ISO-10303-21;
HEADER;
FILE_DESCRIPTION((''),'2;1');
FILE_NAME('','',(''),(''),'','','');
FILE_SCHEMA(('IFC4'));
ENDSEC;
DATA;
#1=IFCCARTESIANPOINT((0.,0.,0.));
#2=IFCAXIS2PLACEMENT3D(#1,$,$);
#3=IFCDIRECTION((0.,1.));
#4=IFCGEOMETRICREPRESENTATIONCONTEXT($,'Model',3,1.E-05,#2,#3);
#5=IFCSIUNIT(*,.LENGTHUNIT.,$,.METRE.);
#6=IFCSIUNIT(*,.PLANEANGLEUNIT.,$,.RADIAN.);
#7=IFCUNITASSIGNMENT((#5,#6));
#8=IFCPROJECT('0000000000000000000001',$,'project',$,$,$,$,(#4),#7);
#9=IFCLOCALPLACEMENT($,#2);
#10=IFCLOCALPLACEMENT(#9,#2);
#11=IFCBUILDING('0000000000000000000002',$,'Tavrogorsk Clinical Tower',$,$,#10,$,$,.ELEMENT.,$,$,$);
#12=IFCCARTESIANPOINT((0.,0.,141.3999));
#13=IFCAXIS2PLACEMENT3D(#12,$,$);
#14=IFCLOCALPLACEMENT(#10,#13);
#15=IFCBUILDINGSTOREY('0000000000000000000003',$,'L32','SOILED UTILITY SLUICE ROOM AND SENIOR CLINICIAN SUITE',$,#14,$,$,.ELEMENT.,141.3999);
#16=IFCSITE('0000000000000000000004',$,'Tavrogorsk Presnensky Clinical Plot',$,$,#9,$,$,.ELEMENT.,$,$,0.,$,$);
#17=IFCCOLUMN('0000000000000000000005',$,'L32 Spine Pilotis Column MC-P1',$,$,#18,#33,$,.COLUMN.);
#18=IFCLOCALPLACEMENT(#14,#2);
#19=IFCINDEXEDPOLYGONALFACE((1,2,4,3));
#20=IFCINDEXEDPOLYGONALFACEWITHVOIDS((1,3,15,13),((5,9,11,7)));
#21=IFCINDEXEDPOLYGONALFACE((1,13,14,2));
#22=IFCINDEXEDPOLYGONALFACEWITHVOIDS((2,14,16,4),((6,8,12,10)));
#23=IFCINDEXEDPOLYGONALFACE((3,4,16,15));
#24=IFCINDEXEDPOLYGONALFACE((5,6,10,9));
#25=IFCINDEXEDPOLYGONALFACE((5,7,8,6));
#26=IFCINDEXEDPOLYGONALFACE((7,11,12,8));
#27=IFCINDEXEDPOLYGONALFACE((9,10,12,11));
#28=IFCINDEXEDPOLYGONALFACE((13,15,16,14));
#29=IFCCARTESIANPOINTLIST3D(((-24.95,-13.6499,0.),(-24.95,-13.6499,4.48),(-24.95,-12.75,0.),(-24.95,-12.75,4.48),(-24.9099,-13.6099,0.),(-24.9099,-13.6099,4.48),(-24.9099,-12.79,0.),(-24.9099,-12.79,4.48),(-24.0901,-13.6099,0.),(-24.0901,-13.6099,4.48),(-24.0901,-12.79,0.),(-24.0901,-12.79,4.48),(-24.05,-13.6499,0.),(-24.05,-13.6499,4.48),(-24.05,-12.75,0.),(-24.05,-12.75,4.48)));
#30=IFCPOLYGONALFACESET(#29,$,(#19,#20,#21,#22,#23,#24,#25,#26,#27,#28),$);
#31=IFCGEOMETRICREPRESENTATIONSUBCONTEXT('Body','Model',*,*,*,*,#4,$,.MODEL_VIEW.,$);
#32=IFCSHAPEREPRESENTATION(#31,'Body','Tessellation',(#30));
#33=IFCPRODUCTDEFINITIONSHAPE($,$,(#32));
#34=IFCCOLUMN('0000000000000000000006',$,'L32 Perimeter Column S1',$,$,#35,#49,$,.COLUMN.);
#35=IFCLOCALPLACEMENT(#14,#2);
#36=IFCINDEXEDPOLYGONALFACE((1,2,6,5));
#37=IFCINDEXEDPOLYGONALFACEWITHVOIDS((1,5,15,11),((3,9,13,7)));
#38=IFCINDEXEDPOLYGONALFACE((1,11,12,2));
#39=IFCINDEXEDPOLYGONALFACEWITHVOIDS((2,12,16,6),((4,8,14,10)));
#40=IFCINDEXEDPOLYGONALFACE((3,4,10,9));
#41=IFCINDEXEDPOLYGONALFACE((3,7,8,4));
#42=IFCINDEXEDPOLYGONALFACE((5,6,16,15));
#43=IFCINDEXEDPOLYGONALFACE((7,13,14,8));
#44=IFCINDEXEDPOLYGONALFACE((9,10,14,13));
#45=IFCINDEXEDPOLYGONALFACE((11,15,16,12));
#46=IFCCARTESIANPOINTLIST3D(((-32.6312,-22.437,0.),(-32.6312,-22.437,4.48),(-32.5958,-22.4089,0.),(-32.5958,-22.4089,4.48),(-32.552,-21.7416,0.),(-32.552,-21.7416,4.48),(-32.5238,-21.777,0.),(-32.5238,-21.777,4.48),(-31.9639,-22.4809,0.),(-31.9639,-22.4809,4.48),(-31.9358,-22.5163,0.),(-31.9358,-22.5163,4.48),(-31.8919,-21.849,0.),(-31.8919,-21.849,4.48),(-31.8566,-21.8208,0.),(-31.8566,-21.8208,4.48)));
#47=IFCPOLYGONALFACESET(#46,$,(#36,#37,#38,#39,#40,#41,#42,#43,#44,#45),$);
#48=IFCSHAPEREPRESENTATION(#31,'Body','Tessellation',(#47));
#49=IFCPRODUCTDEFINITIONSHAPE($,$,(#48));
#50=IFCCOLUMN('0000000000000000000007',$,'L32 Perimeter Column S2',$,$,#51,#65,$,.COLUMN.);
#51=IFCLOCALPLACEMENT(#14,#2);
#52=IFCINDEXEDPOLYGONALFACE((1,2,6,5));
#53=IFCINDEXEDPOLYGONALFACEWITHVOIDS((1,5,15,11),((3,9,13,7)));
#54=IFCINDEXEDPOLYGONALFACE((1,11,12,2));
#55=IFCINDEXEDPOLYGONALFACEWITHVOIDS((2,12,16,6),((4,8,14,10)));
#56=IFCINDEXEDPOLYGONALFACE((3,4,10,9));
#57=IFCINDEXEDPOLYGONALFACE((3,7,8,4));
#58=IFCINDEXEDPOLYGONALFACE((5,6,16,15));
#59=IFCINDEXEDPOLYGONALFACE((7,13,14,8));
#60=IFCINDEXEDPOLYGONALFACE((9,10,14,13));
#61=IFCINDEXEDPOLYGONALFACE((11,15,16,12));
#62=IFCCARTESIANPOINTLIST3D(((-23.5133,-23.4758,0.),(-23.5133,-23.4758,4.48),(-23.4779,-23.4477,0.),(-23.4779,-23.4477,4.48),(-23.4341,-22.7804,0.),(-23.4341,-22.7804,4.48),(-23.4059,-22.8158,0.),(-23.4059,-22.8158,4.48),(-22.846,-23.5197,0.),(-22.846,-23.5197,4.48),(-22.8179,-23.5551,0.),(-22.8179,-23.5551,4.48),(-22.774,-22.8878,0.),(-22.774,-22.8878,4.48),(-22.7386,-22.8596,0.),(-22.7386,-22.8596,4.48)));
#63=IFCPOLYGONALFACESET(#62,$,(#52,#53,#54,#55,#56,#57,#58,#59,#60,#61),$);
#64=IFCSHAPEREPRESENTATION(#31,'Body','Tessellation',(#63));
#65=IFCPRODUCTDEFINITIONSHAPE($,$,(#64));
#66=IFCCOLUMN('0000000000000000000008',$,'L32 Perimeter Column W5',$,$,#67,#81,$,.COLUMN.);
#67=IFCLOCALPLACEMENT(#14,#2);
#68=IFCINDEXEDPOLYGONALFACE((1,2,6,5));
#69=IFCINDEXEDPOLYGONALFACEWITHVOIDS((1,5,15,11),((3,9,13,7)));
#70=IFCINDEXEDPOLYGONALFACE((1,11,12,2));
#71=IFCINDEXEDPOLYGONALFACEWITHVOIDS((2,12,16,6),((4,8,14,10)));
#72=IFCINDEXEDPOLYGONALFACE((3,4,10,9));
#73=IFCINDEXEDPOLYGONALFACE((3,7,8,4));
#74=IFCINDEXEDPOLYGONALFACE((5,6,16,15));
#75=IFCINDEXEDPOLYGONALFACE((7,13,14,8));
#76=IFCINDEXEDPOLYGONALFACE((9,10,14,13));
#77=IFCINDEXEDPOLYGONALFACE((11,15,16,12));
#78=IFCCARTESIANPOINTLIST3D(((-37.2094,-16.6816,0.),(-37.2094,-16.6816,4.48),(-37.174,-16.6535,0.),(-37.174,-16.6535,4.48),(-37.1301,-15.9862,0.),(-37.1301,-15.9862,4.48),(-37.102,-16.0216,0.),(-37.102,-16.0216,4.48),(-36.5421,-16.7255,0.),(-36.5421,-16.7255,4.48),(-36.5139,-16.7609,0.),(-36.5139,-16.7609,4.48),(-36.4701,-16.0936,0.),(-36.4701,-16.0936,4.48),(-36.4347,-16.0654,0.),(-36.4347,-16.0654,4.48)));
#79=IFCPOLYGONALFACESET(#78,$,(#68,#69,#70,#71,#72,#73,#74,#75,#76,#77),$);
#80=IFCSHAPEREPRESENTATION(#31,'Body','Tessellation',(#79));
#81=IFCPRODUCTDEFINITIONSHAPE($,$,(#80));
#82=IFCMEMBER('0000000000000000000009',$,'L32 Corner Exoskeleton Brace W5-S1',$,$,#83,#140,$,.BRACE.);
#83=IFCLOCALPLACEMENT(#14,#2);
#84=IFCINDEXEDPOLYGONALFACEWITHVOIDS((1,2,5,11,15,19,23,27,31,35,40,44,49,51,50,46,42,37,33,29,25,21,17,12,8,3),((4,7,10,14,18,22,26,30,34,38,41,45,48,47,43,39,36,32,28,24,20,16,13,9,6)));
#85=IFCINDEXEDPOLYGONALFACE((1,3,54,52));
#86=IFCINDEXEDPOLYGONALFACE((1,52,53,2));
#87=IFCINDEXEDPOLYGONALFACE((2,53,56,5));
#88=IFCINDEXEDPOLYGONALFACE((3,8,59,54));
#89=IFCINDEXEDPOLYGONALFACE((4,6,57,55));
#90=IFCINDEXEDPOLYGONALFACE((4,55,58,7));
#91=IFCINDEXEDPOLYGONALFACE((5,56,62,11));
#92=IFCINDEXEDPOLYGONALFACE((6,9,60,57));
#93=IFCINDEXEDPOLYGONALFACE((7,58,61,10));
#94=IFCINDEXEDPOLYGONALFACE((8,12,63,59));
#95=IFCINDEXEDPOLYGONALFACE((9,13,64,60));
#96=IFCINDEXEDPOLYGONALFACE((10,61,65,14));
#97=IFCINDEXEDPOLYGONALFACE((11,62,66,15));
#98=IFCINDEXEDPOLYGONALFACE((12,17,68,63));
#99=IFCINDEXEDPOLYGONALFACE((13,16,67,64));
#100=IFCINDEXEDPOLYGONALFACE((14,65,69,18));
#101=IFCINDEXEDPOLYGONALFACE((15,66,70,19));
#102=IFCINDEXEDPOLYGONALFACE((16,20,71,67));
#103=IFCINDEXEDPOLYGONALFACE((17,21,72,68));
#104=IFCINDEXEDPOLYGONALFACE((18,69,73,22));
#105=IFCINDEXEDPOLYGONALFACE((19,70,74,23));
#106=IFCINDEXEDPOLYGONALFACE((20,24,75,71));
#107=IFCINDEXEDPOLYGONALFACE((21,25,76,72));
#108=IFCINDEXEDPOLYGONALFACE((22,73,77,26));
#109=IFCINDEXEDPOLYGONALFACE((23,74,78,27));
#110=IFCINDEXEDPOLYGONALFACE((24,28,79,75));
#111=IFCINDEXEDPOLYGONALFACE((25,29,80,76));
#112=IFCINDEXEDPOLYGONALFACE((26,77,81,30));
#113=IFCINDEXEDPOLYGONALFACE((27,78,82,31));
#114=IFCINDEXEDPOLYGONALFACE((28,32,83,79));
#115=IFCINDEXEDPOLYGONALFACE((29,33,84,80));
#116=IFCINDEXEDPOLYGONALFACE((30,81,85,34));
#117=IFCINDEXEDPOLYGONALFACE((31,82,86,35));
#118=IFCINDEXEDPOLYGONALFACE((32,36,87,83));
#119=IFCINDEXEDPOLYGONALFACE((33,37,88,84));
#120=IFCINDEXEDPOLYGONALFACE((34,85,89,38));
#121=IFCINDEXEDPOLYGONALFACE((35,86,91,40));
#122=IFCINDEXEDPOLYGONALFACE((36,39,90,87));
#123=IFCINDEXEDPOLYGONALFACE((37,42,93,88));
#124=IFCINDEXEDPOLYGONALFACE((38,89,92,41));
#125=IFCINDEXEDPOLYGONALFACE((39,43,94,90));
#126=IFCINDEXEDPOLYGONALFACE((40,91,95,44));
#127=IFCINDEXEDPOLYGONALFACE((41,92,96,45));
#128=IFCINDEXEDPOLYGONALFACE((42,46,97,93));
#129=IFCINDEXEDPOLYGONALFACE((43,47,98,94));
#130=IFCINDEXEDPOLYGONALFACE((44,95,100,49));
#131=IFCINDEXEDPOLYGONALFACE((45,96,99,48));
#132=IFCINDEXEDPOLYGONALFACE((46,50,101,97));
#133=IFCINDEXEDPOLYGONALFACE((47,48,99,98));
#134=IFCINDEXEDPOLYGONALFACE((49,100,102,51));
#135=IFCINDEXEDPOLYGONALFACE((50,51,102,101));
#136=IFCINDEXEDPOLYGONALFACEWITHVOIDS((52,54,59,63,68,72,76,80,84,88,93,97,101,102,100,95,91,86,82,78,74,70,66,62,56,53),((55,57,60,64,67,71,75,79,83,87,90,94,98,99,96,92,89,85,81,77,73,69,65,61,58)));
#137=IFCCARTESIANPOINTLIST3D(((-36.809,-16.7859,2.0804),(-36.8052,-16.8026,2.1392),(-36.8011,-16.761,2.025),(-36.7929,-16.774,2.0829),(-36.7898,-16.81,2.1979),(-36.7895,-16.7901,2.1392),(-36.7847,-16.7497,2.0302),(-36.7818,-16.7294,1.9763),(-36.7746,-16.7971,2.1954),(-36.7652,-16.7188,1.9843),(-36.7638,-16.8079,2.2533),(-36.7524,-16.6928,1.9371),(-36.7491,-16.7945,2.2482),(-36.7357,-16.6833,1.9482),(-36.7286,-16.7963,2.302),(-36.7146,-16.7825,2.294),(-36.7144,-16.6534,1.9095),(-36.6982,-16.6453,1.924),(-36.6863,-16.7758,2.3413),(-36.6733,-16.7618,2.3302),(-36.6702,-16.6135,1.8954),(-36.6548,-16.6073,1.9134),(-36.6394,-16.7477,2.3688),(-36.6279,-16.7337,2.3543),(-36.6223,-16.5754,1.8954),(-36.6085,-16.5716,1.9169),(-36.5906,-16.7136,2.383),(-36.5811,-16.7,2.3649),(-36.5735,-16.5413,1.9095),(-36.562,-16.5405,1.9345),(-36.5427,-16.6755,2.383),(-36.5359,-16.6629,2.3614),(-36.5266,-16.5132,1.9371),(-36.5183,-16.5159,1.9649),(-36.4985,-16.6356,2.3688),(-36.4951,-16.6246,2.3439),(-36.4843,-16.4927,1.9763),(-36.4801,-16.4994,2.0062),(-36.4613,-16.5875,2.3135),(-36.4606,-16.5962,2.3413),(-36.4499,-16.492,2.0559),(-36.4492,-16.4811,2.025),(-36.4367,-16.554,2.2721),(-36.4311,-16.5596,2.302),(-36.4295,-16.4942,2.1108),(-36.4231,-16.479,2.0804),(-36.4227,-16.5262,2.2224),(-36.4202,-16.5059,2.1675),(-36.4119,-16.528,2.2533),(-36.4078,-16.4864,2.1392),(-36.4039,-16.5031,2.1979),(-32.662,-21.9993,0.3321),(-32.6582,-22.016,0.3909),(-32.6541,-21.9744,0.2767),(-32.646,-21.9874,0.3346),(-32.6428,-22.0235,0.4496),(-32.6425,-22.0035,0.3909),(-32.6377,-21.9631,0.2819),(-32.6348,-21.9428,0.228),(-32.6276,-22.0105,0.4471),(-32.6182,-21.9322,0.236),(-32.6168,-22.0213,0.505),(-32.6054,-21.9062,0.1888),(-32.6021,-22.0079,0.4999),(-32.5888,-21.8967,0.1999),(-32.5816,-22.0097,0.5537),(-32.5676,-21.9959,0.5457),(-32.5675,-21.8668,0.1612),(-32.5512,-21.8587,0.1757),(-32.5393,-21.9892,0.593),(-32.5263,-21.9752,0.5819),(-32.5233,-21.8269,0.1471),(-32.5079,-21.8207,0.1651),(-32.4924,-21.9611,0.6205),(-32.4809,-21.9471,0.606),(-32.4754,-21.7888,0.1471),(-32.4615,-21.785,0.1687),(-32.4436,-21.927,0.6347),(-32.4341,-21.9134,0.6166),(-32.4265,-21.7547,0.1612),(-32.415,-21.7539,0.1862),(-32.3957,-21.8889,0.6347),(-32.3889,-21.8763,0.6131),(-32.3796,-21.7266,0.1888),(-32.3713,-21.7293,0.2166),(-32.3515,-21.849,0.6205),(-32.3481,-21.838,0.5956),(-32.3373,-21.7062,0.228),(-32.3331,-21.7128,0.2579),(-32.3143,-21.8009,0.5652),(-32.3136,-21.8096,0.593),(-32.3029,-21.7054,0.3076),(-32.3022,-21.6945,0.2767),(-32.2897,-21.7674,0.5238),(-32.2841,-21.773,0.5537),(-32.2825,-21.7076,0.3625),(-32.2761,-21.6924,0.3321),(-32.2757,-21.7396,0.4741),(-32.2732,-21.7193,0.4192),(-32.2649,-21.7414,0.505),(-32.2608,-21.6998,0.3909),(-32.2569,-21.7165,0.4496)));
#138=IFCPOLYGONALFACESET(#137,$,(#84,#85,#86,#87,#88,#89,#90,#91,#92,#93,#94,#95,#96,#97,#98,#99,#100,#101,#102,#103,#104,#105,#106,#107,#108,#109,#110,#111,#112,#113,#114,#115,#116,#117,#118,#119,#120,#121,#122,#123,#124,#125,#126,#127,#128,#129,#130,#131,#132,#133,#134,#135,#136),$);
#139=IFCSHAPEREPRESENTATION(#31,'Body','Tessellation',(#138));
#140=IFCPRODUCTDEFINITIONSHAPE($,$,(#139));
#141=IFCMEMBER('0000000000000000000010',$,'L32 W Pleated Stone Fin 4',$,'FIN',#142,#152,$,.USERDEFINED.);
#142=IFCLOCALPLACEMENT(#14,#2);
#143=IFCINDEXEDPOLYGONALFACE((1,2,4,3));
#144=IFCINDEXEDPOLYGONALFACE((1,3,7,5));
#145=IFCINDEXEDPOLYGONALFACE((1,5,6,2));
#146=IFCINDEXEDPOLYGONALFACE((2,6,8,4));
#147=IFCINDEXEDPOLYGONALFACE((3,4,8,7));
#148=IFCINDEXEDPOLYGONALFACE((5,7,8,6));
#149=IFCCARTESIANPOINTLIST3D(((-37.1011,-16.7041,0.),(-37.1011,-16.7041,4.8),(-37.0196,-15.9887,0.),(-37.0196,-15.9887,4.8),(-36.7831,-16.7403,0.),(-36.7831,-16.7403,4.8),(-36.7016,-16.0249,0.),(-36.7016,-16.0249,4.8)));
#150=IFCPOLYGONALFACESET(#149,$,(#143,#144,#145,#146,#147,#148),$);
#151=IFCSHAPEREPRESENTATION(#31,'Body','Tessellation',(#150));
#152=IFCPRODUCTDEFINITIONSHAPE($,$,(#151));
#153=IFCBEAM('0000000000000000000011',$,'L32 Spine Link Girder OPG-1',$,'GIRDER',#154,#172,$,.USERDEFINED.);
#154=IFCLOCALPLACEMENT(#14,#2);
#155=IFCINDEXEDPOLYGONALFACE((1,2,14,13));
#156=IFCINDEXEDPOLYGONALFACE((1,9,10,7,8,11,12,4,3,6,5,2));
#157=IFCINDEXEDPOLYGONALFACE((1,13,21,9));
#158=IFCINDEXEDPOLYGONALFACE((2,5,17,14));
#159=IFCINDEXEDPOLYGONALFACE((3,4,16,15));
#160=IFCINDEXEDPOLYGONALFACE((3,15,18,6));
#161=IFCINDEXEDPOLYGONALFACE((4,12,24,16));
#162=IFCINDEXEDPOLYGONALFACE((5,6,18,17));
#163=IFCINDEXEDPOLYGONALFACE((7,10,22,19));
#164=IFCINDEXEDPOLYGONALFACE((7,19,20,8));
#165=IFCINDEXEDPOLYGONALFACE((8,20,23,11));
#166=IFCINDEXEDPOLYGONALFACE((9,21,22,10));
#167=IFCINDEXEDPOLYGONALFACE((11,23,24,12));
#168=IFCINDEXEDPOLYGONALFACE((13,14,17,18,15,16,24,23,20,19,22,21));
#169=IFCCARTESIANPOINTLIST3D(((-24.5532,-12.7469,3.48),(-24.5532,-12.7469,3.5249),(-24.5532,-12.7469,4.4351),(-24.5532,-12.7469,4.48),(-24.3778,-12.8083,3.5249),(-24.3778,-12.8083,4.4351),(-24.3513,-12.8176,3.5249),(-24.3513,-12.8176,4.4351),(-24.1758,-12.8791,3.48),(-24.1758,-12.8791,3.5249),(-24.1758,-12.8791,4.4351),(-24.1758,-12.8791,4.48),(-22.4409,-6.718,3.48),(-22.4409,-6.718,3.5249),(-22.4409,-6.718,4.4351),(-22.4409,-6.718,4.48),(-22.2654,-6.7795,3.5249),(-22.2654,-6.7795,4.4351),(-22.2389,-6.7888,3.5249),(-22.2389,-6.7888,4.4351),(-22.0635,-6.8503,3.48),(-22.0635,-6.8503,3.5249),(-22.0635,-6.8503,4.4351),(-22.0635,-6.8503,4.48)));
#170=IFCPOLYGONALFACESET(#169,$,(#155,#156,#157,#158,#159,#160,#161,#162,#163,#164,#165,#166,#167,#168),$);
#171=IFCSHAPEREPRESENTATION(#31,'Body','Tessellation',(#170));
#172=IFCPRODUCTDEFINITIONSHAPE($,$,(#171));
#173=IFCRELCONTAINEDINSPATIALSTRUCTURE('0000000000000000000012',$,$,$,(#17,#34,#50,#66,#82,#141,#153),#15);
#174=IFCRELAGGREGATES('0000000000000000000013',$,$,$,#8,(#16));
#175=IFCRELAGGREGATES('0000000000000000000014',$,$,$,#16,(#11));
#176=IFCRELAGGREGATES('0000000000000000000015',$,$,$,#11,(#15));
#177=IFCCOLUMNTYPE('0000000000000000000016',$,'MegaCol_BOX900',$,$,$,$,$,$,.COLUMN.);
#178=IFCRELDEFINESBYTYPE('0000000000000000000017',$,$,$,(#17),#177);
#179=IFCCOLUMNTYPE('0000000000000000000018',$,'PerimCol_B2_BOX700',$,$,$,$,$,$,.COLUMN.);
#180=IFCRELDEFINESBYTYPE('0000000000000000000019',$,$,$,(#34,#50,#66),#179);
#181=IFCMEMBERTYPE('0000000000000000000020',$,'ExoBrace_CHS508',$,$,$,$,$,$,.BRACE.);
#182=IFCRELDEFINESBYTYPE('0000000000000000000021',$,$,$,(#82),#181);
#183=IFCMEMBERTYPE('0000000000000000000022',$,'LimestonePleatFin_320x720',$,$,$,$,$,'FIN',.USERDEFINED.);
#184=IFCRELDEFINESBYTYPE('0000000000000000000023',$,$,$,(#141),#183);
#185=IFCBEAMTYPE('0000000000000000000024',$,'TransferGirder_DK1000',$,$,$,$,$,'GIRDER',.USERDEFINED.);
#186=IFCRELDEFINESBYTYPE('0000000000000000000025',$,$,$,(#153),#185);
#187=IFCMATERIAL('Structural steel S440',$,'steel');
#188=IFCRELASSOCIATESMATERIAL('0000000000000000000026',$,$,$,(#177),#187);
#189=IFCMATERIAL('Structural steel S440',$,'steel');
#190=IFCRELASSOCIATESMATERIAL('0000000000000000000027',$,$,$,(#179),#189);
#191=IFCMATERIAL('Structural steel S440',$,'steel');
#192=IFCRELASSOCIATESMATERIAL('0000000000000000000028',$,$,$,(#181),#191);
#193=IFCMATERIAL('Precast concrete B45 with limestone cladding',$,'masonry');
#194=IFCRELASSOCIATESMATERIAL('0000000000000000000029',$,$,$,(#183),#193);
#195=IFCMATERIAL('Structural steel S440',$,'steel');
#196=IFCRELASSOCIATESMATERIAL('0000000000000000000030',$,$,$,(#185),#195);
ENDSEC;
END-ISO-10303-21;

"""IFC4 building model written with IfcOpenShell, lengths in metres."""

from ifc_helpers import new_model, si_unit, direction, frame, origin, origin_2d, place, context, subcontext, project, spatial, rectangle, hollow_rectangle, hollow_circle, i_section, extrude, material, material_profile, profile_set, type_object, element, save


model = new_model("IFC4")

# Units and contexts
model_context = context("Model", 3, precision=1e-05, world=origin(), true_north=direction((0.0, 1.0)))
body_context = subcontext(model_context, "Body", "Model", "MODEL_VIEW")
ifc_project = project(units=[si_unit("LENGTHUNIT", "METRE"), si_unit("PLANEANGLEUNIT", "RADIAN")], contexts=[model_context])

# Site, building, storey
site_placement = place(None, origin())
site = spatial("IfcSite", under=ifc_project, at=site_placement, Name="Tavrogorsk Presnensky Clinical Plot", CompositionType="ELEMENT", RefElevation=0.0)
building_placement = place(site_placement, origin())
building = spatial("IfcBuilding", under=site, at=building_placement, Name="Tavrogorsk Clinical Tower", CompositionType="ELEMENT")
storey_placement = place(building_placement, frame((0.0, 0.0, 141.3999)))
storey = spatial("IfcBuildingStorey", under=building, at=storey_placement, Name="L32", Description="SOILED UTILITY SLUICE ROOM AND SENIOR CLINICIAN SUITE", CompositionType="ELEMENT", Elevation=141.3999)

# Columns
ifc_material_1 = material(Name="Structural steel S440", Category="steel")
ifc_material_profile_1 = material_profile(ifc_material_1, hollow_rectangle(XDim=0.8999, YDim=0.8999, WallThickness=0.04, at=origin_2d()), Name="BOX-900x900x40")
ifc_profile_set_1 = profile_set([ifc_material_profile_1], Name="Structural steel S440")
column_type_1 = type_object("IfcColumnType", Name="MegaCol_BOX900", PredefinedType="COLUMN", material=ifc_profile_set_1)
column_placement = place(storey_placement, frame((-24.5, -13.2, 0.0), z_axis=(0.0, 0.0, 1.0), x_axis=(1.0, 0.0, 0.0)))
element("IfcColumn", 1, at=column_placement, inside=storey, type_object=column_type_1, Name="L32 Spine Pilotis Column MC-P1", PredefinedType="COLUMN", context=body_context, shape_type="SweptSolid", body=[
    extrude(hollow_rectangle(XDim=0.8999, YDim=0.8999, WallThickness=0.04, at=origin_2d()), origin(), (0.0, 0.0, 1.0), 4.48),
])
ifc_material_2 = material(Name="Structural steel S440", Category="steel")
ifc_material_profile_2 = material_profile(ifc_material_2, hollow_rectangle(XDim=0.7, YDim=0.7, WallThickness=0.032, at=origin_2d()), Name="BOX-700x700x32")
ifc_profile_set_2 = profile_set([ifc_material_profile_2], Name="Structural steel S440")
column_type_2 = type_object("IfcColumnType", Name="PerimCol_B2_BOX700", PredefinedType="COLUMN", material=ifc_profile_set_2)
for number, where, z_axis, x_axis, name in (
    (2, (-32.2439, -22.1289, 0.0), (0.0, 0.0, 1.0), (0.993572, -0.113203, 0.0), "L32 Perimeter Column S1"),
    (3, (-23.126, -23.1677, 0.0), (0.0, 0.0, 1.0), (0.993572, -0.113203, 0.0), "L32 Perimeter Column S2"),
    (4, (-36.822, -16.3735, 0.0), (0.0, 0.0, 1.0), (0.993572, -0.113203, 0.0), "L32 Perimeter Column W5"),
):
    element("IfcColumn", number, at=place(storey_placement, frame(where, z_axis=z_axis, x_axis=x_axis)), inside=storey, type_object=column_type_2, Name=name, PredefinedType="COLUMN", context=body_context, shape_type="SweptSolid", body=[
        extrude(hollow_rectangle(XDim=0.7, YDim=0.7, WallThickness=0.032, at=origin_2d()), origin(), (0.0, 0.0, 1.0), 4.48),
    ])

# Members
ifc_material_3 = material(Name="Structural steel S440", Category="steel")
ifc_material_profile_3 = material_profile(ifc_material_3, hollow_circle(Radius=0.2539, WallThickness=0.02, at=origin_2d()), Name="CHS-508x20")
ifc_profile_set_3 = profile_set([ifc_material_profile_3], Name="Structural steel S440")
member_type_1 = type_object("IfcMemberType", Name="ExoBrace_CHS508", PredefinedType="BRACE", material=ifc_profile_set_3)
member_1_placement = place(storey_placement, frame((-32.4595, -21.8579, 0.3909), z_axis=(-0.602129, 0.756969, 0.253847), x_axis=(-0.782603, -0.622521, 0.0)))
element("IfcMember", 5, at=member_1_placement, inside=storey, type_object=member_type_1, Name="L32 Corner Exoskeleton Brace W5-S1", PredefinedType="BRACE", context=body_context, shape_type="SweptSolid", body=[
    extrude(hollow_circle(Radius=0.2539, WallThickness=0.02, at=origin_2d()), origin(), (0.0, 0.0, 1.0), 6.8872),
])
ifc_material_4 = material(Name="Precast concrete B45 with limestone cladding", Category="masonry")
ifc_material_profile_4 = material_profile(ifc_material_4, rectangle(XDim=0.3201, YDim=0.72, at=origin_2d()), Name="LIMESTONE-FIN-320x720")
ifc_profile_set_4 = profile_set([ifc_material_profile_4], Name="Precast concrete B45 with limestone cladding")
member_type_2 = type_object("IfcMemberType", Name="LimestonePleatFin_320x720", ElementType="FIN", PredefinedType="USERDEFINED", material=ifc_profile_set_4)
member_2_placement = place(storey_placement, frame((-36.9014, -16.3645, 0.0), z_axis=(0.0, 0.0, 1.0), x_axis=(0.993572, -0.113203, 0.0)))
element("IfcMember", 6, at=member_2_placement, inside=storey, type_object=member_type_2, Name="L32 W Pleated Stone Fin 4", ObjectType="FIN", PredefinedType="USERDEFINED", context=body_context, shape_type="SweptSolid", body=[
    extrude(rectangle(XDim=0.3201, YDim=0.72, at=origin_2d()), origin(), (0.0, 0.0, 1.0), 4.8),
])

# Beam
ifc_material_5 = material(Name="Structural steel S440", Category="steel")
ifc_material_profile_5 = material_profile(ifc_material_5, i_section(OverallWidth=0.3999, OverallDepth=1.0, WebThickness=0.0281, FlangeThickness=0.0449, at=origin_2d()), Name="DK-1000x400x28x45")
ifc_profile_set_5 = profile_set([ifc_material_profile_5], Name="Structural steel S440")
beam_type_1 = type_object("IfcBeamType", Name="TransferGirder_DK1000", ElementType="GIRDER", PredefinedType="USERDEFINED", material=ifc_profile_set_5)
beam_1_placement = place(storey_placement, frame((-24.3645, -12.813, 3.98), z_axis=(0.33066, 0.94375, 0.0), x_axis=(-0.94375, 0.33066, 0.0)))
element("IfcBeam", 7, at=beam_1_placement, inside=storey, type_object=beam_type_1, Name="L32 Spine Link Girder OPG-1", ObjectType="GIRDER", PredefinedType="USERDEFINED", context=body_context, shape_type="SweptSolid", body=[
    extrude(i_section(OverallWidth=0.3999, OverallDepth=1.0, WebThickness=0.0281, FlangeThickness=0.0449, at=origin_2d()), origin(), (0.0, 0.0, 1.0), 6.3882),
])

save(model, "model.ifc")
